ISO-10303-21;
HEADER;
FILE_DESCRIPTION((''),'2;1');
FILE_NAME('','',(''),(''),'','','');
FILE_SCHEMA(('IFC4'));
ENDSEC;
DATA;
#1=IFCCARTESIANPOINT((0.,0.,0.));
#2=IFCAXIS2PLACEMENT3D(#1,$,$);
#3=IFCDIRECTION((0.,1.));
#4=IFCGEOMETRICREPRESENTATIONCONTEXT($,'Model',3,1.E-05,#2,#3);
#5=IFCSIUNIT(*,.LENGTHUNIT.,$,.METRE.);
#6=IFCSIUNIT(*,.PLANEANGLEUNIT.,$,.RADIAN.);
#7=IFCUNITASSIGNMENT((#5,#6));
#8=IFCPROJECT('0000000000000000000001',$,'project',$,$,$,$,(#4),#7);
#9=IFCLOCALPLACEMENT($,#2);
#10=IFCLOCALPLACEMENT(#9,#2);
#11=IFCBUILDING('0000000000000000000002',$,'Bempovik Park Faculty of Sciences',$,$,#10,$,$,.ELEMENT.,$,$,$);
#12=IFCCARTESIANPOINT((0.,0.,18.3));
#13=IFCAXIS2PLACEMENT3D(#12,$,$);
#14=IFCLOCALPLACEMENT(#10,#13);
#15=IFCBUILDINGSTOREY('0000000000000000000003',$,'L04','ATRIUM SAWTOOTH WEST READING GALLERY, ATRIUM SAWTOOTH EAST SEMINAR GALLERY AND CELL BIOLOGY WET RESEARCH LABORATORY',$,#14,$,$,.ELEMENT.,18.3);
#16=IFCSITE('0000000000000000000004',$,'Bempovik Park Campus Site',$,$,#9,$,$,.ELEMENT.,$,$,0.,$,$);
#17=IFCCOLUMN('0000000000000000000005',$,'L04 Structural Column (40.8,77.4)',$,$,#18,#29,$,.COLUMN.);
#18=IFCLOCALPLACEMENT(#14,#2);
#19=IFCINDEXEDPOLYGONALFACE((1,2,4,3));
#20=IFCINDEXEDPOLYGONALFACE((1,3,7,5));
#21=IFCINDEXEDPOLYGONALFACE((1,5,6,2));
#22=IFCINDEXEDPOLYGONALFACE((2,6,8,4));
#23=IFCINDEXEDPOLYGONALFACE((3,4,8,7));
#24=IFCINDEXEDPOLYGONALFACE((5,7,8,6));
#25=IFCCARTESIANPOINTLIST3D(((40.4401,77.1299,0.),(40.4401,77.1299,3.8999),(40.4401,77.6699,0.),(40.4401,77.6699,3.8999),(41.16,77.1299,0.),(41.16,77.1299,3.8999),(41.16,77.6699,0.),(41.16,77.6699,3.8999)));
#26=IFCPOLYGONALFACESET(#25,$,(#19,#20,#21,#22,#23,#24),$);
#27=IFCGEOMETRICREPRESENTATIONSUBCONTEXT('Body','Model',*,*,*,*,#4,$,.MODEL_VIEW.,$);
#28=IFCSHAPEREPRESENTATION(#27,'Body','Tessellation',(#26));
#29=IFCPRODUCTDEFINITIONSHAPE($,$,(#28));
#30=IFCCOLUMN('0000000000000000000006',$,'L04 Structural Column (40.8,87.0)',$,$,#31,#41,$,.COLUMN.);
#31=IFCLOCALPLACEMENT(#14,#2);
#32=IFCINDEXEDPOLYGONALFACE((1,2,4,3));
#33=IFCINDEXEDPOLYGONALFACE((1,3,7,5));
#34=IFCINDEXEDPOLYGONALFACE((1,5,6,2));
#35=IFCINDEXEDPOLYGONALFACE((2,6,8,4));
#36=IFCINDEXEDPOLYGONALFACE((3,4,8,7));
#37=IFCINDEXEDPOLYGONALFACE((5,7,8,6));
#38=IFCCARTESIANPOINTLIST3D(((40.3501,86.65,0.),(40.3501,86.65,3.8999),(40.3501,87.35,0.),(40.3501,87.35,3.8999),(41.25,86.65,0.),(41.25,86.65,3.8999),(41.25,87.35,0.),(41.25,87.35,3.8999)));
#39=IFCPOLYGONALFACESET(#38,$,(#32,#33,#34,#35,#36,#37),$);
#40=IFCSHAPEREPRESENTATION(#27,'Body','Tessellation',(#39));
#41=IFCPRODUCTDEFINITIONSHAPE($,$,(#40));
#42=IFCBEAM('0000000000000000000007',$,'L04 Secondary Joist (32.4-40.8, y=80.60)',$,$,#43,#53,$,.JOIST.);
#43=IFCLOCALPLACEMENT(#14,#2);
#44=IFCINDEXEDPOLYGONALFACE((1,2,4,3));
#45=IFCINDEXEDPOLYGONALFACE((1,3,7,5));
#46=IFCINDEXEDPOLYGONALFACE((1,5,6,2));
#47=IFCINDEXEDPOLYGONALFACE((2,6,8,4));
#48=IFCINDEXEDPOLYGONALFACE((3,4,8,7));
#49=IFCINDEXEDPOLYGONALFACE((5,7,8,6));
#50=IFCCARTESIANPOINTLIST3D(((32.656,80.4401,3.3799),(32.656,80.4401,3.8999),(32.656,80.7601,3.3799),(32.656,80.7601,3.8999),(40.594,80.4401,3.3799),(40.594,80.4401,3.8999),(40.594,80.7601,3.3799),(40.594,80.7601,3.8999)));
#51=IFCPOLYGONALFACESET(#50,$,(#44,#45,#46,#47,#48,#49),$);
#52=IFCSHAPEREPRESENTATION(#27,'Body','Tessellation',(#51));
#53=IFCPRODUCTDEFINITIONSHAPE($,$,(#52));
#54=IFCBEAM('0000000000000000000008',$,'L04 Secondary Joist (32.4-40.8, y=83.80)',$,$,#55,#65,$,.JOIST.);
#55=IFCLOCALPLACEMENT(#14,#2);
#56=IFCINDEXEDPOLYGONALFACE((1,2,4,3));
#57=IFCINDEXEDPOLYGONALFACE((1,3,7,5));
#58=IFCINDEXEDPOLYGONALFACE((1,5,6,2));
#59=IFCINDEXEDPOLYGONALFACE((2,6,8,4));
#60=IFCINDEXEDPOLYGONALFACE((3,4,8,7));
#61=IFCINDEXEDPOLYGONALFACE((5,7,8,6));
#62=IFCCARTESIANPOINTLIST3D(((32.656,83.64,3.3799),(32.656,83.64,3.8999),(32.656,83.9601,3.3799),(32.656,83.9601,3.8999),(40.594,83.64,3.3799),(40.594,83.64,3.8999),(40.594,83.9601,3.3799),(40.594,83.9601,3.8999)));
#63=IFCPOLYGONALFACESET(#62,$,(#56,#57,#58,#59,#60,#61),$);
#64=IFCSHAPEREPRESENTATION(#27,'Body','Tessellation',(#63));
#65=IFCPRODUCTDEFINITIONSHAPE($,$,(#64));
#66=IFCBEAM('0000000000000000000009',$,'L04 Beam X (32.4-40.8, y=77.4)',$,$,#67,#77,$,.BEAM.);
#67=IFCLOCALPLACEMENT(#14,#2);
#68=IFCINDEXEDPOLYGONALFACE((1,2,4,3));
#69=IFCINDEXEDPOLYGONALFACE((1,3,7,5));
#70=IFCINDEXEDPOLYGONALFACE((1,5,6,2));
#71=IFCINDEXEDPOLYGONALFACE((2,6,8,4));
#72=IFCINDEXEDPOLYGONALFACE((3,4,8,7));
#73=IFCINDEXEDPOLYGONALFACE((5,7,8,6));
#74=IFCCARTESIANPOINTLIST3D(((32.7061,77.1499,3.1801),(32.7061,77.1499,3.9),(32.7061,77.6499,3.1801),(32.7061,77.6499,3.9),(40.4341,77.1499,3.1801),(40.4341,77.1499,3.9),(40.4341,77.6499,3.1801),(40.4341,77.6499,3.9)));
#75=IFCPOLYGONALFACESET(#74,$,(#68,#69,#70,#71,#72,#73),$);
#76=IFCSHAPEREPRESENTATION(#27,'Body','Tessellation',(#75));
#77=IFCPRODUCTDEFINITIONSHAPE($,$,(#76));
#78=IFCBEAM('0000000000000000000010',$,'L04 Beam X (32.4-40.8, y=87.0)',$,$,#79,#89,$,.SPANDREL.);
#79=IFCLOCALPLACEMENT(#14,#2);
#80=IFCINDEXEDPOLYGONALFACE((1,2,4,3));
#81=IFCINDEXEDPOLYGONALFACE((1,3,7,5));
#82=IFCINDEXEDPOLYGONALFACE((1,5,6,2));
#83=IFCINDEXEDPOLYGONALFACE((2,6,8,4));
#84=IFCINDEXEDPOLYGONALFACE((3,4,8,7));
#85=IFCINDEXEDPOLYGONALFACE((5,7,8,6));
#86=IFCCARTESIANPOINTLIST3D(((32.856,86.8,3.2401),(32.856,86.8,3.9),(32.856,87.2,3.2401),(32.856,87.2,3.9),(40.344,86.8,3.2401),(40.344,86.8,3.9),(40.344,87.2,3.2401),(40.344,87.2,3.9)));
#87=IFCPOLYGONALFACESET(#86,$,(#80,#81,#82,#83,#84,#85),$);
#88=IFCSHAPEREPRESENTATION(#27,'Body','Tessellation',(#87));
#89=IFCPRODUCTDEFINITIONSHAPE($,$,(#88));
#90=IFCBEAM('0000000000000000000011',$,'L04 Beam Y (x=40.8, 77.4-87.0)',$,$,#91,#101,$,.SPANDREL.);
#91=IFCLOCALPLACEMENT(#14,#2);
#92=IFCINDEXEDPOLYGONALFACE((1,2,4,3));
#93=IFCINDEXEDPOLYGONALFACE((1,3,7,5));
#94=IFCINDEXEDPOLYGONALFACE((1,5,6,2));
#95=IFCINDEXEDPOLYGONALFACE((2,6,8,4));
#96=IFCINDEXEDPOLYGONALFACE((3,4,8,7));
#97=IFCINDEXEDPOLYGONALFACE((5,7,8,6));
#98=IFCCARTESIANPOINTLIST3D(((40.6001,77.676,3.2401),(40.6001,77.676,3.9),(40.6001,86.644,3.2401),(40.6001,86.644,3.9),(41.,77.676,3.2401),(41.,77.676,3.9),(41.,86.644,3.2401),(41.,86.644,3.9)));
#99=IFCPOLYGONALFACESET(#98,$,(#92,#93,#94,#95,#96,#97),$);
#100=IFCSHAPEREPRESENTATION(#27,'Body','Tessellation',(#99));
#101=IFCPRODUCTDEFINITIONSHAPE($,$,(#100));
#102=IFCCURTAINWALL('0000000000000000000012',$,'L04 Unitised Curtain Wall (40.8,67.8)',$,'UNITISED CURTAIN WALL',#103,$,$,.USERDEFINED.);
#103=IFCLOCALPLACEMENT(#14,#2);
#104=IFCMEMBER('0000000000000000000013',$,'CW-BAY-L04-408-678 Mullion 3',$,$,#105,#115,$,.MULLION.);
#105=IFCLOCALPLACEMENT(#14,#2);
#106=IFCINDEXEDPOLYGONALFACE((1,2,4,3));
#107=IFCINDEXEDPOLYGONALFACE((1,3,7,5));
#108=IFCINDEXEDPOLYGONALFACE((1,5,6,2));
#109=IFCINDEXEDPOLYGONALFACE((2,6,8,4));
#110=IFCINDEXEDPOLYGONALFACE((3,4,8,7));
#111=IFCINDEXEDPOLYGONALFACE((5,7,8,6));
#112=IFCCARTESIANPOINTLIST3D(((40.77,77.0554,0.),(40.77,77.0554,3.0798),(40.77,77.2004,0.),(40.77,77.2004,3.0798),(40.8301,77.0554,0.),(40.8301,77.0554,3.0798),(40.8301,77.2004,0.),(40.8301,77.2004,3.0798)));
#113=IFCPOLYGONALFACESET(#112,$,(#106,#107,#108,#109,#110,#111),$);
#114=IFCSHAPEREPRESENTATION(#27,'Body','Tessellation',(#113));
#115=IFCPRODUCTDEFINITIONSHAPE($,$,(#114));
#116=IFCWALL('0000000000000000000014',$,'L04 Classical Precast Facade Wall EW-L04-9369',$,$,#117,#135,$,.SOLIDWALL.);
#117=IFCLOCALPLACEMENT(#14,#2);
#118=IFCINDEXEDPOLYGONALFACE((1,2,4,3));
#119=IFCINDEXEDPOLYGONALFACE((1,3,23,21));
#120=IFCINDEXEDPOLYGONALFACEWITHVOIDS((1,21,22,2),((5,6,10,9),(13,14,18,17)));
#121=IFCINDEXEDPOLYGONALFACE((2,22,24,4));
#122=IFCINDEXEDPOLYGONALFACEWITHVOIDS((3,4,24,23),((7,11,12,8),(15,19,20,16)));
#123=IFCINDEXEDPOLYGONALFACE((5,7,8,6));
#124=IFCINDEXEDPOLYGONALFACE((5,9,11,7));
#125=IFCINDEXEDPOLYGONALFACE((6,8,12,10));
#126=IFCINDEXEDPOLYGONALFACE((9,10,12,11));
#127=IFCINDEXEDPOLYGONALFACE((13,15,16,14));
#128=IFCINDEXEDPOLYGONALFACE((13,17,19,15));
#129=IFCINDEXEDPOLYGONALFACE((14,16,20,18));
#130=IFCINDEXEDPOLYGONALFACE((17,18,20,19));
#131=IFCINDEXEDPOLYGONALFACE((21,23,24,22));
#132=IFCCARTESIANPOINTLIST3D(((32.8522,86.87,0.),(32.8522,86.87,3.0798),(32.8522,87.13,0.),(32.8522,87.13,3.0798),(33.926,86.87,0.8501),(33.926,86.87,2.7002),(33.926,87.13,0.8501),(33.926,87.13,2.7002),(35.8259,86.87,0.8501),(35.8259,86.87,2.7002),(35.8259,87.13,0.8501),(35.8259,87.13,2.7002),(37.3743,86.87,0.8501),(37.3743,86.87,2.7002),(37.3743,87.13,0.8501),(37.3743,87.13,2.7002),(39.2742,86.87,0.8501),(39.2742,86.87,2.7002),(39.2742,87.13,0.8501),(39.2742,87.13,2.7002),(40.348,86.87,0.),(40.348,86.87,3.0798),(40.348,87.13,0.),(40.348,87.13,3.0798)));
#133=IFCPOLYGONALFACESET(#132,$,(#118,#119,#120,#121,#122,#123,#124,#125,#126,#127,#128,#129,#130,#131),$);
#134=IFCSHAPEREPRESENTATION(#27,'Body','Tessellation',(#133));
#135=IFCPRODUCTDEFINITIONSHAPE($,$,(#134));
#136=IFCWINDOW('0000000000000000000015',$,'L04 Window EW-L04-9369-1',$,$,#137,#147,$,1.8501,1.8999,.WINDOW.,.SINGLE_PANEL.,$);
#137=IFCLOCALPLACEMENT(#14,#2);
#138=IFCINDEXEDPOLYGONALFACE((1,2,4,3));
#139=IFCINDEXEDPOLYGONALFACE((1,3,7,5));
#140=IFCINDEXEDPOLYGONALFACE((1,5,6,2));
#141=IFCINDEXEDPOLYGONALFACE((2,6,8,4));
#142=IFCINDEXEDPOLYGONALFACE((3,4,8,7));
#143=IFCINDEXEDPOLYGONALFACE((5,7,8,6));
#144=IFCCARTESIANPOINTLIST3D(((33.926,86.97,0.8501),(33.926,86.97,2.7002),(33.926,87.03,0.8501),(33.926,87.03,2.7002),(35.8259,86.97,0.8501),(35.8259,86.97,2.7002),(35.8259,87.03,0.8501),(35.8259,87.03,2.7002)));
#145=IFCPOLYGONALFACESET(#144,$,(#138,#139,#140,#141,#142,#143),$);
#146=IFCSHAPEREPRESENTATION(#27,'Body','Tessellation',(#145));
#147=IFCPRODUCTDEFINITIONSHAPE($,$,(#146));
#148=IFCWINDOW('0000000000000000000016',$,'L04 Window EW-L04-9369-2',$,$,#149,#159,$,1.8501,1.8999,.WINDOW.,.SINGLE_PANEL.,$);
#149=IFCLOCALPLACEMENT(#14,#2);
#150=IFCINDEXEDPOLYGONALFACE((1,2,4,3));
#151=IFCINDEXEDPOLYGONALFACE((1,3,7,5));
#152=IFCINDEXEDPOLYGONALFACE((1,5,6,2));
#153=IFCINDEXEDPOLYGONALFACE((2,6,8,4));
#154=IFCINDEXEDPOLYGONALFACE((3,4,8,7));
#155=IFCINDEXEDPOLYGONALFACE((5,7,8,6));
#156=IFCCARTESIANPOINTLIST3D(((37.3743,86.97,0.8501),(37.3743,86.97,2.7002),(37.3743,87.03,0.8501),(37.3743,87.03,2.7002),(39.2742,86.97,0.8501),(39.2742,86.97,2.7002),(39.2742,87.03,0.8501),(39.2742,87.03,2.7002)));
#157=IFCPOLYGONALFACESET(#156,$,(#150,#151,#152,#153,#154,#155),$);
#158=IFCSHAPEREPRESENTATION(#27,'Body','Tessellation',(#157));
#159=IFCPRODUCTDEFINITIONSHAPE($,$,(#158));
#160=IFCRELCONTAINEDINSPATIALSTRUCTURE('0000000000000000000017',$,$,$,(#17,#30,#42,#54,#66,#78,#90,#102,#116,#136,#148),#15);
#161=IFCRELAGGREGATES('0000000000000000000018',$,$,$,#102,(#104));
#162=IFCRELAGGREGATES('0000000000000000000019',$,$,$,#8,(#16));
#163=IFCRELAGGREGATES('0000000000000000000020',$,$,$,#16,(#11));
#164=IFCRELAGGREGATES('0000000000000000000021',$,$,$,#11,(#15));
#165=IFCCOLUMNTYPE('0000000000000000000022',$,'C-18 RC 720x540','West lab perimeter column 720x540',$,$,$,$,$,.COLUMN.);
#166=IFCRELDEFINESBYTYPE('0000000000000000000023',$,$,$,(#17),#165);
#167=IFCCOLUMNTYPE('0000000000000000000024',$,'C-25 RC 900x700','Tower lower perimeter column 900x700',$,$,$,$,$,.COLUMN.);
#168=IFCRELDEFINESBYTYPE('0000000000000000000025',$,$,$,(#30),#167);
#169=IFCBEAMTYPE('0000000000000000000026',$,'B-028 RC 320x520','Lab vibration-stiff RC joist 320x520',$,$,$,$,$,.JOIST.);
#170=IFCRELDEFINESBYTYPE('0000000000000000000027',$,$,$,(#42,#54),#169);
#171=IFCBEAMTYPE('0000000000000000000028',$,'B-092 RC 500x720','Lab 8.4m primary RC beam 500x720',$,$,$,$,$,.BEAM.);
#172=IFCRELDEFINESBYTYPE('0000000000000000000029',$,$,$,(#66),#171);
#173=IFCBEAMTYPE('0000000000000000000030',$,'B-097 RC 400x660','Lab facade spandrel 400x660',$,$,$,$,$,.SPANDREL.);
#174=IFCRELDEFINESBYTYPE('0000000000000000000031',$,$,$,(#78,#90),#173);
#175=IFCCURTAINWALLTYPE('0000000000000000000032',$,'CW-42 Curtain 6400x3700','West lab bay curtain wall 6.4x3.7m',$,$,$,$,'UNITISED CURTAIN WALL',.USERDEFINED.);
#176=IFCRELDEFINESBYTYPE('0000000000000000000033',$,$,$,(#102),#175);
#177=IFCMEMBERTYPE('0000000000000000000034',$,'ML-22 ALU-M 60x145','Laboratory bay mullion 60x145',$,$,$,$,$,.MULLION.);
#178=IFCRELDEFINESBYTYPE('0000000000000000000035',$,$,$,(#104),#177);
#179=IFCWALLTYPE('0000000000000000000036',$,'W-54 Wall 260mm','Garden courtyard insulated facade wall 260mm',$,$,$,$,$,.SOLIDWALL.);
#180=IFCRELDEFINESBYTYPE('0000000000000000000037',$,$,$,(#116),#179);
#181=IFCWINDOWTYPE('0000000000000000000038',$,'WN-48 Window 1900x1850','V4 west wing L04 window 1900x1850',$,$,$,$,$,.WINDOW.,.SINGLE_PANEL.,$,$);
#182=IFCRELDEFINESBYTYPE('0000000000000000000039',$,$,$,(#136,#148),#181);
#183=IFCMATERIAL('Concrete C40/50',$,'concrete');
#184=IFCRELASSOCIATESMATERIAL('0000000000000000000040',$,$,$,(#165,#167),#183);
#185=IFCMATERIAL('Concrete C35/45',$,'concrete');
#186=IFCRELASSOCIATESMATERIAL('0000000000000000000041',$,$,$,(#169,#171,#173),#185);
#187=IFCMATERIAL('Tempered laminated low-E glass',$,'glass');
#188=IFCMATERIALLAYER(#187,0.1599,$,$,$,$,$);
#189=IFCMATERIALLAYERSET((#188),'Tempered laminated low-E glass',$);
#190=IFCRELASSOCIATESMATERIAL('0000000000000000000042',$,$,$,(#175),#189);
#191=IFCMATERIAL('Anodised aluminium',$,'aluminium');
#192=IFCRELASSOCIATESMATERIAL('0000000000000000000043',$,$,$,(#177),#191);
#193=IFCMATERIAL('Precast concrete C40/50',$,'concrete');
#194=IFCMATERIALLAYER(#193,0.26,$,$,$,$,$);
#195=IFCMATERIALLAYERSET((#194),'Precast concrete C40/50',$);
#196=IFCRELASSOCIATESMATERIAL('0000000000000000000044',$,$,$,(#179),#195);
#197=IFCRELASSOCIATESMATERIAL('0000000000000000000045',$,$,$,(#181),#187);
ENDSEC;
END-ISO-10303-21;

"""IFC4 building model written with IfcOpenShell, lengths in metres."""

from ifc_helpers import new_model, si_unit, direction, frame, frame_2d, origin, origin_2d, place, context, subcontext, project, spatial, rectangle, extrude, material, layer, layer_set, material_profile, profile_set, type_object, element, fill, aggregate, save


model = new_model("IFC4")

# Units and contexts
model_context = context("Model", 3, precision=1e-05, world=origin(), true_north=direction((0.0, 1.0)))
body_context = subcontext(model_context, "Body", "Model", "MODEL_VIEW")
ifc_project = project(units=[si_unit("LENGTHUNIT", "METRE"), si_unit("PLANEANGLEUNIT", "RADIAN")], contexts=[model_context])

# Site, building, storey
site_placement = place(None, origin())
site = spatial("IfcSite", under=ifc_project, at=site_placement, Name="Bempovik Park Campus Site", CompositionType="ELEMENT", RefElevation=0.0)
building_placement = place(site_placement, origin())
building = spatial("IfcBuilding", under=site, at=building_placement, Name="Bempovik Park Faculty of Sciences", CompositionType="ELEMENT")
storey_placement = place(building_placement, frame((0.0, 0.0, 18.3)))
storey = spatial("IfcBuildingStorey", under=building, at=storey_placement, Name="L04", Description="ATRIUM SAWTOOTH WEST READING GALLERY, ATRIUM SAWTOOTH EAST SEMINAR GALLERY AND CELL BIOLOGY WET RESEARCH LABORATORY", CompositionType="ELEMENT", Elevation=18.3)

# Columns
ifc_material_1 = material(Name="Concrete C40/50", Category="concrete")
ifc_material_profile_1 = material_profile(ifc_material_1, rectangle(XDim=0.72, YDim=0.54, at=origin_2d()), Name="RC 720x540")
ifc_profile_set_1 = profile_set([ifc_material_profile_1], Name="Concrete C40/50")
column_type_1 = type_object("IfcColumnType", Name="C-18 RC 720x540", Description="West lab perimeter column 720x540", PredefinedType="COLUMN", material=ifc_profile_set_1)
column_1_placement = place(storey_placement, frame((40.8, 77.3999, 0.0), z_axis=(0.0, 0.0, 1.0), x_axis=(1.0, 0.0, 0.0)))
element("IfcColumn", 1, at=column_1_placement, inside=storey, type_object=column_type_1, Name="L04 Structural Column (40.8,77.4)", PredefinedType="COLUMN", context=body_context, shape_type="SweptSolid", body=[
    extrude(rectangle(XDim=0.72, YDim=0.54, at=origin_2d()), origin(), (0.0, 0.0, 1.0), 3.8999),
])
ifc_material_profile_2 = material_profile(ifc_material_1, rectangle(XDim=0.8999, YDim=0.7, at=origin_2d()), Name="RC 900x700")
ifc_profile_set_2 = profile_set([ifc_material_profile_2], Name="Concrete C40/50")
column_type_2 = type_object("IfcColumnType", Name="C-25 RC 900x700", Description="Tower lower perimeter column 900x700", PredefinedType="COLUMN", material=ifc_profile_set_2)
column_2_placement = place(storey_placement, frame((40.8, 87.0, 0.0), z_axis=(0.0, 0.0, 1.0), x_axis=(1.0, 0.0, 0.0)))
element("IfcColumn", 2, at=column_2_placement, inside=storey, type_object=column_type_2, Name="L04 Structural Column (40.8,87.0)", PredefinedType="COLUMN", context=body_context, shape_type="SweptSolid", body=[
    extrude(rectangle(XDim=0.8999, YDim=0.7, at=origin_2d()), origin(), (0.0, 0.0, 1.0), 3.8999),
])

# Beams
ifc_material_2 = material(Name="Concrete C35/45", Category="concrete")
ifc_material_profile_3 = material_profile(ifc_material_2, rectangle(XDim=0.3201, YDim=0.52, at=origin_2d()), Name="RC 320x520")
ifc_profile_set_3 = profile_set([ifc_material_profile_3], Name="Concrete C35/45")
beam_type_1 = type_object("IfcBeamType", Name="B-028 RC 320x520", Description="Lab vibration-stiff RC joist 320x520", PredefinedType="JOIST", material=ifc_profile_set_3)
for number, where, z_axis, x_axis, name in (
    (3, (32.656, 80.6001, 3.6399), (1.0, 0.0, 0.0), (0.0, 1.0, 0.0), "L04 Secondary Joist (32.4-40.8, y=80.60)"),
    (4, (32.656, 83.8, 3.6399), (1.0, 0.0, 0.0), (0.0, 1.0, 0.0), "L04 Secondary Joist (32.4-40.8, y=83.80)"),
):
    element("IfcBeam", number, at=place(storey_placement, frame(where, z_axis=z_axis, x_axis=x_axis)), inside=storey, type_object=beam_type_1, Name=name, PredefinedType="JOIST", context=body_context, shape_type="SweptSolid", body=[
        extrude(rectangle(XDim=0.3201, YDim=0.52, at=origin_2d()), origin(), (0.0, 0.0, 1.0), 7.938),
    ])
ifc_material_profile_4 = material_profile(ifc_material_2, rectangle(XDim=0.5, YDim=0.72, at=origin_2d()), Name="RC 500x720")
ifc_profile_set_4 = profile_set([ifc_material_profile_4], Name="Concrete C35/45")
beam_type_2 = type_object("IfcBeamType", Name="B-092 RC 500x720", Description="Lab 8.4m primary RC beam 500x720", PredefinedType="BEAM", material=ifc_profile_set_4)
beam_1_placement = place(storey_placement, frame((32.7061, 77.3999, 3.54), z_axis=(1.0, 0.0, 0.0), x_axis=(0.0, 1.0, 0.0)))
element("IfcBeam", 5, at=beam_1_placement, inside=storey, type_object=beam_type_2, Name="L04 Beam X (32.4-40.8, y=77.4)", PredefinedType="BEAM", context=body_context, shape_type="SweptSolid", body=[
    extrude(rectangle(XDim=0.5, YDim=0.72, at=origin_2d()), origin(), (0.0, 0.0, 1.0), 7.728),
])
ifc_material_profile_5 = material_profile(ifc_material_2, rectangle(XDim=0.3999, YDim=0.6599, at=origin_2d()), Name="RC 400x660")
ifc_profile_set_5 = profile_set([ifc_material_profile_5], Name="Concrete C35/45")
beam_type_3 = type_object("IfcBeamType", Name="B-097 RC 400x660", Description="Lab facade spandrel 400x660", PredefinedType="SPANDREL", material=ifc_profile_set_5)
beam_2_placement = place(storey_placement, frame((32.856, 87.0, 3.5701), z_axis=(1.0, 0.0, 0.0), x_axis=(0.0, 1.0, 0.0)))
element("IfcBeam", 6, at=beam_2_placement, inside=storey, type_object=beam_type_3, Name="L04 Beam X (32.4-40.8, y=87.0)", PredefinedType="SPANDREL", context=body_context, shape_type="SweptSolid", body=[
    extrude(rectangle(XDim=0.3999, YDim=0.6599, at=origin_2d()), origin(), (0.0, 0.0, 1.0), 7.488),
])
beam_3_placement = place(storey_placement, frame((40.8, 77.676, 3.5701), z_axis=(0.0, 1.0, 0.0), x_axis=(-1.0, 0.0, 0.0)))
element("IfcBeam", 7, at=beam_3_placement, inside=storey, type_object=beam_type_3, Name="L04 Beam Y (x=40.8, 77.4-87.0)", PredefinedType="SPANDREL", context=body_context, shape_type="SweptSolid", body=[
    extrude(rectangle(XDim=0.3999, YDim=0.6599, at=origin_2d()), origin(), (0.0, 0.0, 1.0), 8.968),
])

# Curtain wall, member
ifc_material_3 = material(Name="Tempered laminated low-E glass", Category="glass")
ifc_layer_1 = layer(ifc_material_3, 0.1599)
ifc_layer_set_1 = layer_set([ifc_layer_1], Name="Tempered laminated low-E glass")
curtain_wall_type = type_object("IfcCurtainWallType", Name="CW-42 Curtain 6400x3700", Description="West lab bay curtain wall 6.4x3.7m", ElementType="UNITISED CURTAIN WALL", PredefinedType="USERDEFINED", material=ifc_layer_set_1)
curtain_wall_placement = place(storey_placement, origin())
curtain_wall = element("IfcCurtainWall", 8, at=curtain_wall_placement, inside=storey, type_object=curtain_wall_type, Name="L04 Unitised Curtain Wall (40.8,67.8)", ObjectType="UNITISED CURTAIN WALL", PredefinedType="USERDEFINED")
ifc_material_4 = material(Name="Anodised aluminium", Category="aluminium")
ifc_material_profile_6 = material_profile(ifc_material_4, rectangle(XDim=0.0601, YDim=0.145, at=origin_2d()), Name="ALU-M 60x145")
ifc_profile_set_6 = profile_set([ifc_material_profile_6], Name="Anodised aluminium")
member_type = type_object("IfcMemberType", Name="ML-22 ALU-M 60x145", Description="Laboratory bay mullion 60x145", PredefinedType="MULLION", material=ifc_profile_set_6)
member_placement = place(storey_placement, frame((40.8, 77.1279, 0.0), z_axis=(0.0, 0.0, 1.0), x_axis=(1.0, 0.0, 0.0)))
member = element("IfcMember", 9, at=member_placement, type_object=member_type, Name="CW-BAY-L04-408-678 Mullion 3", PredefinedType="MULLION", context=body_context, shape_type="SweptSolid", body=[
    extrude(rectangle(XDim=0.0601, YDim=0.145, at=origin_2d()), origin(), (0.0, 0.0, 1.0), 3.0798),
])
aggregate(curtain_wall, [member])

# Wall, openings, windows
ifc_material_5 = material(Name="Precast concrete C40/50", Category="concrete")
ifc_layer_2 = layer(ifc_material_5, 0.26)
ifc_layer_set_2 = layer_set([ifc_layer_2], Name="Precast concrete C40/50")
wall_type = type_object("IfcWallType", Name="W-54 Wall 260mm", Description="Garden courtyard insulated facade wall 260mm", PredefinedType="SOLIDWALL", material=ifc_layer_set_2)
wall_1_placement = place(storey_placement, frame((32.8521, 87.0, 0.0), z_axis=(0.0, 0.0, 1.0), x_axis=(1.0, 0.0, 0.0)))
wall_1 = element("IfcWall", 10, at=wall_1_placement, inside=storey, type_object=wall_type, Name="L04 Classical Precast Facade Wall EW-L04-9369", PredefinedType="SOLIDWALL", context=body_context, shape_type="SweptSolid", body=[
    extrude(rectangle(XDim=7.4958, YDim=0.26, at=frame_2d((3.748, 0.0))), origin(), (0.0, 0.0, 1.0), 3.0798),
])
opening_1_placement = place(wall_1_placement, frame((1.074, 0.0, 0.8501)))
opening_1 = element("IfcOpeningElement", 11, at=opening_1_placement, cuts=wall_1, PredefinedType="OPENING", context=body_context, shape_type="SweptSolid", body=[
    extrude(rectangle(XDim=1.8999, YDim=1.8501, at=frame_2d((0.95, 0.925))), frame((0.0, 0.1401, 0.0), z_axis=(0.0, -1.0, 0.0), x_axis=(1.0, 0.0, 0.0)), (0.0, 0.0, 1.0), 0.28),
])
opening_2_placement = place(wall_1_placement, frame((4.5222, 0.0, 0.8501)))
opening_2 = element("IfcOpeningElement", 12, at=opening_2_placement, cuts=wall_1, PredefinedType="OPENING", context=body_context, shape_type="SweptSolid", body=[
    extrude(rectangle(XDim=1.8999, YDim=1.8501, at=frame_2d((0.95, 0.925))), frame((0.0, 0.1401, 0.0), z_axis=(0.0, -1.0, 0.0), x_axis=(1.0, 0.0, 0.0)), (0.0, 0.0, 1.0), 0.28),
])
window_type = type_object("IfcWindowType", Name="WN-48 Window 1900x1850", Description="V4 west wing L04 window 1900x1850", PartitioningType="SINGLE_PANEL", PredefinedType="WINDOW", material=ifc_material_3)
window_1_placement = place(opening_1_placement, origin())
window_1 = element("IfcWindow", 13, at=window_1_placement, inside=storey, type_object=window_type, Name="L04 Window EW-L04-9369-1", OverallHeight=1.8501, OverallWidth=1.8999, PartitioningType="SINGLE_PANEL", PredefinedType="WINDOW", context=body_context, shape_type="SweptSolid", body=[
    extrude(rectangle(XDim=1.8999, YDim=1.8501, at=frame_2d((0.95, 0.925))), frame((0.0, 0.03, 0.0), z_axis=(0.0, -1.0, 0.0), x_axis=(1.0, 0.0, 0.0)), (0.0, 0.0, 1.0), 0.0601),
])
fill(opening_1, window_1)
window_2_placement = place(opening_2_placement, origin())
window_2 = element("IfcWindow", 14, at=window_2_placement, inside=storey, type_object=window_type, Name="L04 Window EW-L04-9369-2", OverallHeight=1.8501, OverallWidth=1.8999, PartitioningType="SINGLE_PANEL", PredefinedType="WINDOW", context=body_context, shape_type="SweptSolid", body=[
    extrude(rectangle(XDim=1.8999, YDim=1.8501, at=frame_2d((0.95, 0.925))), frame((0.0, 0.03, 0.0), z_axis=(0.0, -1.0, 0.0), x_axis=(1.0, 0.0, 0.0)), (0.0, 0.0, 1.0), 0.0601),
])
fill(opening_2, window_2)

save(model, "model.ifc")
